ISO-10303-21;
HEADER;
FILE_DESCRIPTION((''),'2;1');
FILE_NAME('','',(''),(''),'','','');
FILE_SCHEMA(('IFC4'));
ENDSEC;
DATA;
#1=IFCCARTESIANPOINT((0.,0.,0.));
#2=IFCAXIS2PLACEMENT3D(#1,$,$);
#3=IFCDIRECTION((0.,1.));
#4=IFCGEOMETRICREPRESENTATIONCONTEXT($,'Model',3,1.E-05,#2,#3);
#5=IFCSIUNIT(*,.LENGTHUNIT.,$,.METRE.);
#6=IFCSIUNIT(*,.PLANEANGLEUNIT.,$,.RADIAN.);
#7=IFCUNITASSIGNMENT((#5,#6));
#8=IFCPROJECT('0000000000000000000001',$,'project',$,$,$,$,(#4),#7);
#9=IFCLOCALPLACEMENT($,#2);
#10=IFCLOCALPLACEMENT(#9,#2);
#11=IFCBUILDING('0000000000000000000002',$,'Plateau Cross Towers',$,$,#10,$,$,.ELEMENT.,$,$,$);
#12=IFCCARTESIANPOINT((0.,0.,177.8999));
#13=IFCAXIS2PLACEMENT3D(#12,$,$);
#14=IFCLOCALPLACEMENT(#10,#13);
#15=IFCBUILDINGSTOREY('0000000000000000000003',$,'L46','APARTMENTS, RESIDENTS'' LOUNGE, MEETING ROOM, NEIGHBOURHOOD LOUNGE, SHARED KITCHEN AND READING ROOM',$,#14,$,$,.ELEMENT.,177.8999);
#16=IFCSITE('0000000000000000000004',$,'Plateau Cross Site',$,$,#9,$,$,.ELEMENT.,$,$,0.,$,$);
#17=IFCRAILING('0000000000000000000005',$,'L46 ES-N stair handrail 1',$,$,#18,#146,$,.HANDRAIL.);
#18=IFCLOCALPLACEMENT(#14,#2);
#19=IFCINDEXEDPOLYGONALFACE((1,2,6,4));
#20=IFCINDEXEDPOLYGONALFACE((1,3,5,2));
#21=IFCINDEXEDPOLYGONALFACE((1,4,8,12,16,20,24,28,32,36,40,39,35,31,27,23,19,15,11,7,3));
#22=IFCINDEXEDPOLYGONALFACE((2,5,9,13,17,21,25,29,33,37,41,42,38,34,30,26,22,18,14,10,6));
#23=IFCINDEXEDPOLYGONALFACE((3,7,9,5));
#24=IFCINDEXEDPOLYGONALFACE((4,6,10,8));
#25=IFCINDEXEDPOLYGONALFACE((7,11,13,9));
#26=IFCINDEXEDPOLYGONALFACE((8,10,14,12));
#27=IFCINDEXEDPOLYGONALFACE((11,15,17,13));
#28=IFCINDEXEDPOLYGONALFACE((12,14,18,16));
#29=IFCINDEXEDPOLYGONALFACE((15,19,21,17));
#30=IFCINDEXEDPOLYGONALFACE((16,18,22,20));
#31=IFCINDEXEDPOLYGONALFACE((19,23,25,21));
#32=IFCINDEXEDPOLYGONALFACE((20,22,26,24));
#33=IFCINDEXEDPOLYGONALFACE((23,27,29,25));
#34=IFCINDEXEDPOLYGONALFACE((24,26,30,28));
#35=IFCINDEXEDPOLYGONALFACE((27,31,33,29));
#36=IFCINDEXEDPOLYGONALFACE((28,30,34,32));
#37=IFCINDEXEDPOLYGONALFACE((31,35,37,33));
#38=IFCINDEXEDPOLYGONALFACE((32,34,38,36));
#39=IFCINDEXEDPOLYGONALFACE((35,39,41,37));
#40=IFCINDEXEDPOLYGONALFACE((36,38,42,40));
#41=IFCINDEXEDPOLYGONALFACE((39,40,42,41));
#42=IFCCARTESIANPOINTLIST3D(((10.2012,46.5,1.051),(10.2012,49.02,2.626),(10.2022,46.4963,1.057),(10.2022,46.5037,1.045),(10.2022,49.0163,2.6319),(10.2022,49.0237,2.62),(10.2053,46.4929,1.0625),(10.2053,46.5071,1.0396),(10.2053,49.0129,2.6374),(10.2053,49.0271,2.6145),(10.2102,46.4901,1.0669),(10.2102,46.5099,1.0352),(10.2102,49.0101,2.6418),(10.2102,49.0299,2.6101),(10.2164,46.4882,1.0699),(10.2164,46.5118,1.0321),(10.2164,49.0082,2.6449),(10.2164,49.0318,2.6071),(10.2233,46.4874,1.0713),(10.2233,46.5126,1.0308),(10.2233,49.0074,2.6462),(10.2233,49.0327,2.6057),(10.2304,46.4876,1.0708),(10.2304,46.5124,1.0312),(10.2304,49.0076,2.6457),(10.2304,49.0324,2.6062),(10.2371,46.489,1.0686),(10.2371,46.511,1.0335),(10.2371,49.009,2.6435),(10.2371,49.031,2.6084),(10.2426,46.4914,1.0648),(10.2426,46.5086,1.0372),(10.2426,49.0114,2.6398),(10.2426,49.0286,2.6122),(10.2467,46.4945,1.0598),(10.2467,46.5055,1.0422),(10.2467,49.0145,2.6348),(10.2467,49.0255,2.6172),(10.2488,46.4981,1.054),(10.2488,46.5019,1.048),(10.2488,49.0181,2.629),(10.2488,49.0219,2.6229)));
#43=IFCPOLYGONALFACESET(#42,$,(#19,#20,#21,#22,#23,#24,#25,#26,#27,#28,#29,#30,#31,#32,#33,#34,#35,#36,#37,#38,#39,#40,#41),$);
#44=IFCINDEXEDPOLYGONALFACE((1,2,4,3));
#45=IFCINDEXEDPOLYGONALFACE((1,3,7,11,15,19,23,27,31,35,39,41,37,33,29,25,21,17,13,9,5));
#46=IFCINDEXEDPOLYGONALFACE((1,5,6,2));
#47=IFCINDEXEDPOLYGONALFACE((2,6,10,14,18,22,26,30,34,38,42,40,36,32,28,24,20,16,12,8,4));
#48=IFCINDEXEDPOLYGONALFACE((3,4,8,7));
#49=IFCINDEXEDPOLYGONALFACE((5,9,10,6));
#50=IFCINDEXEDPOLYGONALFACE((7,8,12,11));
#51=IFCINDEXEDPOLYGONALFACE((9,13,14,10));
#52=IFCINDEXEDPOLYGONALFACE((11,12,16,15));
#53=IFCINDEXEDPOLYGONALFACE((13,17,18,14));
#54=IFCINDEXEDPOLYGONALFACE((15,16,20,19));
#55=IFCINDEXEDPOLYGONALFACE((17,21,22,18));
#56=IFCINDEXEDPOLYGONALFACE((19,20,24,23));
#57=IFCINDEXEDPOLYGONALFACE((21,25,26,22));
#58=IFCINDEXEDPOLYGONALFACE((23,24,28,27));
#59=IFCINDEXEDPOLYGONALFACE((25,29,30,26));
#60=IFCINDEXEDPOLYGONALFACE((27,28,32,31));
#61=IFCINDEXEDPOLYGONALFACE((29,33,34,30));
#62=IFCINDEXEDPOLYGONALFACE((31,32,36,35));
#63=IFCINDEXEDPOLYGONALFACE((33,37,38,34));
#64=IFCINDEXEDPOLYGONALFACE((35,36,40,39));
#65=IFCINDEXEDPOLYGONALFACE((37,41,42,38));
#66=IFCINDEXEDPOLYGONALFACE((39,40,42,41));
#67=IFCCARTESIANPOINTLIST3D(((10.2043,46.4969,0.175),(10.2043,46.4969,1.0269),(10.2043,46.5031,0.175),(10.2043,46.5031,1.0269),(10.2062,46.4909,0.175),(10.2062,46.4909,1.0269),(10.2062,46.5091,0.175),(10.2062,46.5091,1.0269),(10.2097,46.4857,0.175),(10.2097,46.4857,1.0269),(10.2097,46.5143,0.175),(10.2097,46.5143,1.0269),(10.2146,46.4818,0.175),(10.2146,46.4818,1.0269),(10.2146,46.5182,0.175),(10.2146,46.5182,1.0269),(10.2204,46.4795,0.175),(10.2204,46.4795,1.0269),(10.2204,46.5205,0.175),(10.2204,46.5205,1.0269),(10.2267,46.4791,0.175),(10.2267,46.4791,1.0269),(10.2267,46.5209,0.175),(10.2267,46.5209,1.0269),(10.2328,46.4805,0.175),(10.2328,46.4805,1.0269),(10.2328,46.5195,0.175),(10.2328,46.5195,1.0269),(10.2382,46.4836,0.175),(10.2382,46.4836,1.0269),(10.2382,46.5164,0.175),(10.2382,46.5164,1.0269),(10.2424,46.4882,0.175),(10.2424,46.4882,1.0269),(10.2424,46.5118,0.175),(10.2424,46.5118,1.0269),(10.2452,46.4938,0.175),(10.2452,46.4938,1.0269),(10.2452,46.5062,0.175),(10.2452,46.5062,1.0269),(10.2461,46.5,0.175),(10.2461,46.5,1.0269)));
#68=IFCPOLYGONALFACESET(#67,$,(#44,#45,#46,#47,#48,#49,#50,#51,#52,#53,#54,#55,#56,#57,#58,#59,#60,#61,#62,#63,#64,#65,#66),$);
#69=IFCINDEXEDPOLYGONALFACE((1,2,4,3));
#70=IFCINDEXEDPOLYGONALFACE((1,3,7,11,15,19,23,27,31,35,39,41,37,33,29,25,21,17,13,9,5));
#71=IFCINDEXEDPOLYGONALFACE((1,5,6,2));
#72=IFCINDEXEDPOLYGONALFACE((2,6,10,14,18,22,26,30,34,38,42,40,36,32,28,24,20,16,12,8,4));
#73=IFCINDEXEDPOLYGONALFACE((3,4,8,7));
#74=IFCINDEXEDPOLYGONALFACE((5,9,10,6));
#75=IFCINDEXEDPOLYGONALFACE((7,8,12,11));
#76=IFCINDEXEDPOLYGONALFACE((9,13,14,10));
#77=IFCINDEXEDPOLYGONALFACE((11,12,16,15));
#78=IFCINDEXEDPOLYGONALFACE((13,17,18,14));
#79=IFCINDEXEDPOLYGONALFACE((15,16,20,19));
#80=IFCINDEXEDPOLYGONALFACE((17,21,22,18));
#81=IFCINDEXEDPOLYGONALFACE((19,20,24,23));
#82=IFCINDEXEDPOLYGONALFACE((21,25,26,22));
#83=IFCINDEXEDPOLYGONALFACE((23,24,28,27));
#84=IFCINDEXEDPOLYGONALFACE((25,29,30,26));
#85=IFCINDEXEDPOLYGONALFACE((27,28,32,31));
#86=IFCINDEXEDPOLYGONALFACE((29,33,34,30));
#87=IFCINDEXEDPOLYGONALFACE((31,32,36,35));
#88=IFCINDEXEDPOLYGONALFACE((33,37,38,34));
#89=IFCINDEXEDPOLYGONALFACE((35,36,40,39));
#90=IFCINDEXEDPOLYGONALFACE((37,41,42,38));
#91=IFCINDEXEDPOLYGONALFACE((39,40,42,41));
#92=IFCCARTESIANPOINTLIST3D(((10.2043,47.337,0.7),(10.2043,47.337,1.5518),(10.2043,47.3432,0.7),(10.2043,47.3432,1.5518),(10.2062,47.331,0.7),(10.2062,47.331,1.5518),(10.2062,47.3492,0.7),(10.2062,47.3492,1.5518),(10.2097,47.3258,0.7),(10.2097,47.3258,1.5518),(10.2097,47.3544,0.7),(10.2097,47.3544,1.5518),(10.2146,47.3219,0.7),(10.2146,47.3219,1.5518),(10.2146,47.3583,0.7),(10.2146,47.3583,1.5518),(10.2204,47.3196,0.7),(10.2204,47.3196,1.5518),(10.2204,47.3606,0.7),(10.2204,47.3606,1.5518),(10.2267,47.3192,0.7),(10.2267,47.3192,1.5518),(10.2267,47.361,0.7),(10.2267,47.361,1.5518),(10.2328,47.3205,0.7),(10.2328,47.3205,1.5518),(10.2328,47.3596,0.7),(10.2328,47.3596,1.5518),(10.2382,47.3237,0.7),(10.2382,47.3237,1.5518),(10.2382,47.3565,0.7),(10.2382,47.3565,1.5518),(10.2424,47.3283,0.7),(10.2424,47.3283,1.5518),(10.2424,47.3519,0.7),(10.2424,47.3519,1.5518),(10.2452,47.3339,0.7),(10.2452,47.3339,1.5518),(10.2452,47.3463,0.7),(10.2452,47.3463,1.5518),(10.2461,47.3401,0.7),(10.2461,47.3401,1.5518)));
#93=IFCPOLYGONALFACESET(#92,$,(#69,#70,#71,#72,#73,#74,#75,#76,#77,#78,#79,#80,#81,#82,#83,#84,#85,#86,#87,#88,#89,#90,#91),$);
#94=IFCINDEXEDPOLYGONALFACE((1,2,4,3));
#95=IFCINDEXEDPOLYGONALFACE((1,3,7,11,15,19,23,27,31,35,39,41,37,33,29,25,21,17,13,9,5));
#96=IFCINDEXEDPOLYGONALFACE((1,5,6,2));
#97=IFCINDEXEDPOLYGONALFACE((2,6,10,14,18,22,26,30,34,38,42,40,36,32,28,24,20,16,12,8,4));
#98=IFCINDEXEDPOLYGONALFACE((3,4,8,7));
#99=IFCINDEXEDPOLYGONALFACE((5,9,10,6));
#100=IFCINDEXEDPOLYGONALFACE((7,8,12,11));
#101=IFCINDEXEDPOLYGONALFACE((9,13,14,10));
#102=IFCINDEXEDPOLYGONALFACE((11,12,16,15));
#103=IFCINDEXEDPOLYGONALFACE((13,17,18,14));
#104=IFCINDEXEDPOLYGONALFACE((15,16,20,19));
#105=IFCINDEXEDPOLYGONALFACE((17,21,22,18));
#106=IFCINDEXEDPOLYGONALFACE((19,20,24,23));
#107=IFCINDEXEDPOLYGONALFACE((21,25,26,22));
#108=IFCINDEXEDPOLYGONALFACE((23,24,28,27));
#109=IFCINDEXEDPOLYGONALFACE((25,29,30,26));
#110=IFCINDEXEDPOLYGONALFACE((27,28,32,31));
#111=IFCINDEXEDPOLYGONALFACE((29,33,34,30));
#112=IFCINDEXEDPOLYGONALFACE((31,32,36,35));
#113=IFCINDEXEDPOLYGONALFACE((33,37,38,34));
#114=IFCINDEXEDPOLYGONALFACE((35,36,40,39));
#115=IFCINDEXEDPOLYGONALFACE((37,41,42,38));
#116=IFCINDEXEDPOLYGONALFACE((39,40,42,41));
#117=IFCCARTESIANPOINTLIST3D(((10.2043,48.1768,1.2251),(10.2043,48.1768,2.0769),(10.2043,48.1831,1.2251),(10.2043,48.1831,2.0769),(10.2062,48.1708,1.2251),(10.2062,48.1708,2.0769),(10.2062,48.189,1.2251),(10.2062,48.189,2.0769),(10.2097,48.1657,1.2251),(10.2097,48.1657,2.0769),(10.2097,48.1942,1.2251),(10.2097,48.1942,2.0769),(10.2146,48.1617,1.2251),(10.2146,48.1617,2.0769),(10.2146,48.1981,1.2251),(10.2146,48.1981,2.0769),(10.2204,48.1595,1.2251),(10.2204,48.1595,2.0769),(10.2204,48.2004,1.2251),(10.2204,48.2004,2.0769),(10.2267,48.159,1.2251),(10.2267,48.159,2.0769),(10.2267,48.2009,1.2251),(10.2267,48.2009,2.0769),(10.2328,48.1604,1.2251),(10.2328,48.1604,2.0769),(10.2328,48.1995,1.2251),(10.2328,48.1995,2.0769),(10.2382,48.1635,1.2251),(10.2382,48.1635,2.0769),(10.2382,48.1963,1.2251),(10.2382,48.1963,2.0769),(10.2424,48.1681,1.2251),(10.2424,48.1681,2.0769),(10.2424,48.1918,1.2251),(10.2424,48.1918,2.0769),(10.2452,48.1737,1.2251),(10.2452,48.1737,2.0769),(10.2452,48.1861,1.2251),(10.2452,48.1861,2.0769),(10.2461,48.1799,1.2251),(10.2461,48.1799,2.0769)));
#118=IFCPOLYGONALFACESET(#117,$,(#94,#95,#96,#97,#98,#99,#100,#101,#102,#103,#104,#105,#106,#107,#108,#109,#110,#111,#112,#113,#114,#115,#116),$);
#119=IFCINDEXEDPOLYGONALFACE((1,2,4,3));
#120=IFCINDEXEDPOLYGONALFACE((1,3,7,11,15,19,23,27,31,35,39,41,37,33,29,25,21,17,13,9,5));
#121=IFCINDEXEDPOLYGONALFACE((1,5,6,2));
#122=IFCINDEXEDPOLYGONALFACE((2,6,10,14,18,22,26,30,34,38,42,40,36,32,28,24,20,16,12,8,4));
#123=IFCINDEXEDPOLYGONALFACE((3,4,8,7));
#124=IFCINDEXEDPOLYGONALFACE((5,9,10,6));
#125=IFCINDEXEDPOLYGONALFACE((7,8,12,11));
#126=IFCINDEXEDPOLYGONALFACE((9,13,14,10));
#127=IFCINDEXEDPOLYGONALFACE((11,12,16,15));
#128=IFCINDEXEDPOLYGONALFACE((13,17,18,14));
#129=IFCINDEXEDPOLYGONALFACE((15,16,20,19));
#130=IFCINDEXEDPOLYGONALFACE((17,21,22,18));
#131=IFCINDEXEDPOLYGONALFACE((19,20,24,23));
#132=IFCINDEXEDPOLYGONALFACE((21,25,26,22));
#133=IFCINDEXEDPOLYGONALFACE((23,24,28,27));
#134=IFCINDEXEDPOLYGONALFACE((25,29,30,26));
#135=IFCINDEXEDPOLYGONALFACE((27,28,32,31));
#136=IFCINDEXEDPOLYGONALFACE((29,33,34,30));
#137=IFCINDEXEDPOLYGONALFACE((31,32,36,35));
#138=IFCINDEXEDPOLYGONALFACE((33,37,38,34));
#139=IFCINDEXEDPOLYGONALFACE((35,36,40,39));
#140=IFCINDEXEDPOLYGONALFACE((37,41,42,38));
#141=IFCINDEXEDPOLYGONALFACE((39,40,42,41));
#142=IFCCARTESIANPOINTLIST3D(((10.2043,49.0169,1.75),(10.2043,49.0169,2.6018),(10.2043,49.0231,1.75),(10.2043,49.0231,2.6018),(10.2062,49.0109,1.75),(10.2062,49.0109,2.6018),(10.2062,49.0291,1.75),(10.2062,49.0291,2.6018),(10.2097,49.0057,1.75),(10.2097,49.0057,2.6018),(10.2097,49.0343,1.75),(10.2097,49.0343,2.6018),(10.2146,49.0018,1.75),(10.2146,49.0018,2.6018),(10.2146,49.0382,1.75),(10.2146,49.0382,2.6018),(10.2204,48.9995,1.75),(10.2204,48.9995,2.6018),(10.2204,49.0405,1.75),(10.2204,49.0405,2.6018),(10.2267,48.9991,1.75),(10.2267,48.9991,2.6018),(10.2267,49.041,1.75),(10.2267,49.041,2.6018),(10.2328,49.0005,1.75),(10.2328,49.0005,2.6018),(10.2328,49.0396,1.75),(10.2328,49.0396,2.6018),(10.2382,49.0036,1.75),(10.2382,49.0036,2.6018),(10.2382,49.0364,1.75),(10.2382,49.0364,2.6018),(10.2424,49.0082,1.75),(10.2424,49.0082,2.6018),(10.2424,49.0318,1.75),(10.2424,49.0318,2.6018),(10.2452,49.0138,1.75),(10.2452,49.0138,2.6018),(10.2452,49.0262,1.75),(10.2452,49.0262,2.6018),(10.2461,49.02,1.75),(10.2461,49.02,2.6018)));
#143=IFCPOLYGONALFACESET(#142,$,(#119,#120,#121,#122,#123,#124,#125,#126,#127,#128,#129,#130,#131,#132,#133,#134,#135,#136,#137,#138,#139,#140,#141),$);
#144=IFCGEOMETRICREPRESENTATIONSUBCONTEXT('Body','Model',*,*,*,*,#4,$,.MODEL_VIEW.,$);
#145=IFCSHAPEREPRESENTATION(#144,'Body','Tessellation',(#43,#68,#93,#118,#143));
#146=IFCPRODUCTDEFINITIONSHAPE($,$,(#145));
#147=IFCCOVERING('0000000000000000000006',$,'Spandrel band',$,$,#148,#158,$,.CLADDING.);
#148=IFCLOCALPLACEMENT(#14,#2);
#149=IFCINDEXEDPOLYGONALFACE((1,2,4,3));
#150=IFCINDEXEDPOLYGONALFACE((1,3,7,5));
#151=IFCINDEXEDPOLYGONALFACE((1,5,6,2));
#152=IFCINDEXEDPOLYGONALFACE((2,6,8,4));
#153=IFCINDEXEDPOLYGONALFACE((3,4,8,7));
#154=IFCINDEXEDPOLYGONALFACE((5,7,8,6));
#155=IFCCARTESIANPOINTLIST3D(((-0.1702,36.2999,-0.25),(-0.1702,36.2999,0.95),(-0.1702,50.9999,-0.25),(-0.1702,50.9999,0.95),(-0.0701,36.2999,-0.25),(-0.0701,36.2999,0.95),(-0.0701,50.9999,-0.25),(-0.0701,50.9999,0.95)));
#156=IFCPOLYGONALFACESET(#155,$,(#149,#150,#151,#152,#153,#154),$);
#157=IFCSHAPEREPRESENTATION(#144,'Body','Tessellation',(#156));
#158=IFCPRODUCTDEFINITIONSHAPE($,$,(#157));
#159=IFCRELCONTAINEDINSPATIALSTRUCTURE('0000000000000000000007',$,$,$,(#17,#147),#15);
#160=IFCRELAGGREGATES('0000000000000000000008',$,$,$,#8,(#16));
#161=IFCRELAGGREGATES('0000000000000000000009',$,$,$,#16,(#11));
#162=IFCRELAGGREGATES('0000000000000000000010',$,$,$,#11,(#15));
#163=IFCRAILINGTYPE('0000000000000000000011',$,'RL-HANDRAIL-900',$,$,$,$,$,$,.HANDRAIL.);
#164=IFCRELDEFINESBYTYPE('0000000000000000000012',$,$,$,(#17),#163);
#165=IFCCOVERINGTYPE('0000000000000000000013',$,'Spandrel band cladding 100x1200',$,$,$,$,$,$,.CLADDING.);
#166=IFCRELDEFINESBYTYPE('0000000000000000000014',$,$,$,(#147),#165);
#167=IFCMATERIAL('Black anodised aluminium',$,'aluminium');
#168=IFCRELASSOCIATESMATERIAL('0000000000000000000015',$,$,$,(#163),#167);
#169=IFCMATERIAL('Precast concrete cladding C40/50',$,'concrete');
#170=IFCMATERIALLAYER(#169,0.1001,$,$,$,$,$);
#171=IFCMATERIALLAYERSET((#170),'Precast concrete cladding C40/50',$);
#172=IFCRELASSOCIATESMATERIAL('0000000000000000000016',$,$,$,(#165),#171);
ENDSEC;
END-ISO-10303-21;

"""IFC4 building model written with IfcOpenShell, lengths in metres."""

from ifc_helpers import new_model, si_unit, direction, frame, origin, origin_2d, place, context, subcontext, project, spatial, rectangle, circle, extrude, material, layer, layer_set, type_object, element, save


model = new_model("IFC4")

# Units and contexts
model_context = context("Model", 3, precision=1e-05, world=origin(), true_north=direction((0.0, 1.0)))
body_context = subcontext(model_context, "Body", "Model", "MODEL_VIEW")
ifc_project = project(units=[si_unit("LENGTHUNIT", "METRE"), si_unit("PLANEANGLEUNIT", "RADIAN")], contexts=[model_context])

# Site, building, storey
site_placement = place(None, origin())
site = spatial("IfcSite", under=ifc_project, at=site_placement, Name="Plateau Cross Site", CompositionType="ELEMENT", RefElevation=0.0)
building_placement = place(site_placement, origin())
building = spatial("IfcBuilding", under=site, at=building_placement, Name="Plateau Cross Towers", CompositionType="ELEMENT")
storey_placement = place(building_placement, frame((0.0, 0.0, 177.8999)))
storey = spatial("IfcBuildingStorey", under=building, at=storey_placement, Name="L46", Description="APARTMENTS, RESIDENTS' LOUNGE, MEETING ROOM, NEIGHBOURHOOD LOUNGE, SHARED KITCHEN AND READING ROOM", CompositionType="ELEMENT", Elevation=177.8999)

# Shared definitions
ifc_material_1 = material(Name="Black anodised aluminium", Category="aluminium")

# Railing
railing_type_1 = type_object("IfcRailingType", Name="RL-HANDRAIL-900", PredefinedType="HANDRAIL", material=ifc_material_1)
railing_1_placement = place(storey_placement, frame((10.2251, 46.5, 0.175)))
element("IfcRailing", 1, at=railing_1_placement, inside=storey, type_object=railing_type_1, Name="L46 ES-N stair handrail 1", PredefinedType="HANDRAIL", context=body_context, shape_type="SweptSolid", body=[
    extrude(circle(Radius=0.0239, at=origin_2d()), frame((0.0, 0.0, 0.876), z_axis=(0.0, 0.848008, 0.529984), x_axis=(-1.0, 0.0, 0.0)), (0.0, 0.0, 1.0), 2.9717),
    extrude(circle(Radius=0.021, at=origin_2d()), origin(), (0.0, 0.0, 1.0), 0.8518),
    extrude(circle(Radius=0.021, at=origin_2d()), frame((0.0, 0.8401, 0.5249)), (0.0, 0.0, 1.0), 0.8518),
    extrude(circle(Radius=0.021, at=origin_2d()), frame((0.0, 1.6799, 1.05)), (0.0, 0.0, 1.0), 0.8518),
    extrude(circle(Radius=0.021, at=origin_2d()), frame((0.0, 2.52, 1.575)), (0.0, 0.0, 1.0), 0.8518),
])

# Covering
ifc_material_2 = material(Name="Precast concrete cladding C40/50", Category="concrete")
ifc_layer_1 = layer(ifc_material_2, 0.1001)
ifc_layer_set_1 = layer_set([ifc_layer_1], Name="Precast concrete cladding C40/50")
covering_type = type_object("IfcCoveringType", Name="Spandrel band cladding 100x1200", PredefinedType="CLADDING", material=ifc_layer_set_1)
covering_placement = place(storey_placement, frame((-0.1201, 43.6499, -0.25), z_axis=(0.0, 0.0, 1.0), x_axis=(0.0, -1.0, 0.0)))
element("IfcCovering", 2, at=covering_placement, inside=storey, type_object=covering_type, Name="Spandrel band", PredefinedType="CLADDING", context=body_context, shape_type="SweptSolid", body=[
    extrude(rectangle(XDim=14.7, YDim=0.1001, at=origin_2d()), origin(), (0.0, 0.0, 1.0), 1.2),
])

save(model, "model.ifc")
